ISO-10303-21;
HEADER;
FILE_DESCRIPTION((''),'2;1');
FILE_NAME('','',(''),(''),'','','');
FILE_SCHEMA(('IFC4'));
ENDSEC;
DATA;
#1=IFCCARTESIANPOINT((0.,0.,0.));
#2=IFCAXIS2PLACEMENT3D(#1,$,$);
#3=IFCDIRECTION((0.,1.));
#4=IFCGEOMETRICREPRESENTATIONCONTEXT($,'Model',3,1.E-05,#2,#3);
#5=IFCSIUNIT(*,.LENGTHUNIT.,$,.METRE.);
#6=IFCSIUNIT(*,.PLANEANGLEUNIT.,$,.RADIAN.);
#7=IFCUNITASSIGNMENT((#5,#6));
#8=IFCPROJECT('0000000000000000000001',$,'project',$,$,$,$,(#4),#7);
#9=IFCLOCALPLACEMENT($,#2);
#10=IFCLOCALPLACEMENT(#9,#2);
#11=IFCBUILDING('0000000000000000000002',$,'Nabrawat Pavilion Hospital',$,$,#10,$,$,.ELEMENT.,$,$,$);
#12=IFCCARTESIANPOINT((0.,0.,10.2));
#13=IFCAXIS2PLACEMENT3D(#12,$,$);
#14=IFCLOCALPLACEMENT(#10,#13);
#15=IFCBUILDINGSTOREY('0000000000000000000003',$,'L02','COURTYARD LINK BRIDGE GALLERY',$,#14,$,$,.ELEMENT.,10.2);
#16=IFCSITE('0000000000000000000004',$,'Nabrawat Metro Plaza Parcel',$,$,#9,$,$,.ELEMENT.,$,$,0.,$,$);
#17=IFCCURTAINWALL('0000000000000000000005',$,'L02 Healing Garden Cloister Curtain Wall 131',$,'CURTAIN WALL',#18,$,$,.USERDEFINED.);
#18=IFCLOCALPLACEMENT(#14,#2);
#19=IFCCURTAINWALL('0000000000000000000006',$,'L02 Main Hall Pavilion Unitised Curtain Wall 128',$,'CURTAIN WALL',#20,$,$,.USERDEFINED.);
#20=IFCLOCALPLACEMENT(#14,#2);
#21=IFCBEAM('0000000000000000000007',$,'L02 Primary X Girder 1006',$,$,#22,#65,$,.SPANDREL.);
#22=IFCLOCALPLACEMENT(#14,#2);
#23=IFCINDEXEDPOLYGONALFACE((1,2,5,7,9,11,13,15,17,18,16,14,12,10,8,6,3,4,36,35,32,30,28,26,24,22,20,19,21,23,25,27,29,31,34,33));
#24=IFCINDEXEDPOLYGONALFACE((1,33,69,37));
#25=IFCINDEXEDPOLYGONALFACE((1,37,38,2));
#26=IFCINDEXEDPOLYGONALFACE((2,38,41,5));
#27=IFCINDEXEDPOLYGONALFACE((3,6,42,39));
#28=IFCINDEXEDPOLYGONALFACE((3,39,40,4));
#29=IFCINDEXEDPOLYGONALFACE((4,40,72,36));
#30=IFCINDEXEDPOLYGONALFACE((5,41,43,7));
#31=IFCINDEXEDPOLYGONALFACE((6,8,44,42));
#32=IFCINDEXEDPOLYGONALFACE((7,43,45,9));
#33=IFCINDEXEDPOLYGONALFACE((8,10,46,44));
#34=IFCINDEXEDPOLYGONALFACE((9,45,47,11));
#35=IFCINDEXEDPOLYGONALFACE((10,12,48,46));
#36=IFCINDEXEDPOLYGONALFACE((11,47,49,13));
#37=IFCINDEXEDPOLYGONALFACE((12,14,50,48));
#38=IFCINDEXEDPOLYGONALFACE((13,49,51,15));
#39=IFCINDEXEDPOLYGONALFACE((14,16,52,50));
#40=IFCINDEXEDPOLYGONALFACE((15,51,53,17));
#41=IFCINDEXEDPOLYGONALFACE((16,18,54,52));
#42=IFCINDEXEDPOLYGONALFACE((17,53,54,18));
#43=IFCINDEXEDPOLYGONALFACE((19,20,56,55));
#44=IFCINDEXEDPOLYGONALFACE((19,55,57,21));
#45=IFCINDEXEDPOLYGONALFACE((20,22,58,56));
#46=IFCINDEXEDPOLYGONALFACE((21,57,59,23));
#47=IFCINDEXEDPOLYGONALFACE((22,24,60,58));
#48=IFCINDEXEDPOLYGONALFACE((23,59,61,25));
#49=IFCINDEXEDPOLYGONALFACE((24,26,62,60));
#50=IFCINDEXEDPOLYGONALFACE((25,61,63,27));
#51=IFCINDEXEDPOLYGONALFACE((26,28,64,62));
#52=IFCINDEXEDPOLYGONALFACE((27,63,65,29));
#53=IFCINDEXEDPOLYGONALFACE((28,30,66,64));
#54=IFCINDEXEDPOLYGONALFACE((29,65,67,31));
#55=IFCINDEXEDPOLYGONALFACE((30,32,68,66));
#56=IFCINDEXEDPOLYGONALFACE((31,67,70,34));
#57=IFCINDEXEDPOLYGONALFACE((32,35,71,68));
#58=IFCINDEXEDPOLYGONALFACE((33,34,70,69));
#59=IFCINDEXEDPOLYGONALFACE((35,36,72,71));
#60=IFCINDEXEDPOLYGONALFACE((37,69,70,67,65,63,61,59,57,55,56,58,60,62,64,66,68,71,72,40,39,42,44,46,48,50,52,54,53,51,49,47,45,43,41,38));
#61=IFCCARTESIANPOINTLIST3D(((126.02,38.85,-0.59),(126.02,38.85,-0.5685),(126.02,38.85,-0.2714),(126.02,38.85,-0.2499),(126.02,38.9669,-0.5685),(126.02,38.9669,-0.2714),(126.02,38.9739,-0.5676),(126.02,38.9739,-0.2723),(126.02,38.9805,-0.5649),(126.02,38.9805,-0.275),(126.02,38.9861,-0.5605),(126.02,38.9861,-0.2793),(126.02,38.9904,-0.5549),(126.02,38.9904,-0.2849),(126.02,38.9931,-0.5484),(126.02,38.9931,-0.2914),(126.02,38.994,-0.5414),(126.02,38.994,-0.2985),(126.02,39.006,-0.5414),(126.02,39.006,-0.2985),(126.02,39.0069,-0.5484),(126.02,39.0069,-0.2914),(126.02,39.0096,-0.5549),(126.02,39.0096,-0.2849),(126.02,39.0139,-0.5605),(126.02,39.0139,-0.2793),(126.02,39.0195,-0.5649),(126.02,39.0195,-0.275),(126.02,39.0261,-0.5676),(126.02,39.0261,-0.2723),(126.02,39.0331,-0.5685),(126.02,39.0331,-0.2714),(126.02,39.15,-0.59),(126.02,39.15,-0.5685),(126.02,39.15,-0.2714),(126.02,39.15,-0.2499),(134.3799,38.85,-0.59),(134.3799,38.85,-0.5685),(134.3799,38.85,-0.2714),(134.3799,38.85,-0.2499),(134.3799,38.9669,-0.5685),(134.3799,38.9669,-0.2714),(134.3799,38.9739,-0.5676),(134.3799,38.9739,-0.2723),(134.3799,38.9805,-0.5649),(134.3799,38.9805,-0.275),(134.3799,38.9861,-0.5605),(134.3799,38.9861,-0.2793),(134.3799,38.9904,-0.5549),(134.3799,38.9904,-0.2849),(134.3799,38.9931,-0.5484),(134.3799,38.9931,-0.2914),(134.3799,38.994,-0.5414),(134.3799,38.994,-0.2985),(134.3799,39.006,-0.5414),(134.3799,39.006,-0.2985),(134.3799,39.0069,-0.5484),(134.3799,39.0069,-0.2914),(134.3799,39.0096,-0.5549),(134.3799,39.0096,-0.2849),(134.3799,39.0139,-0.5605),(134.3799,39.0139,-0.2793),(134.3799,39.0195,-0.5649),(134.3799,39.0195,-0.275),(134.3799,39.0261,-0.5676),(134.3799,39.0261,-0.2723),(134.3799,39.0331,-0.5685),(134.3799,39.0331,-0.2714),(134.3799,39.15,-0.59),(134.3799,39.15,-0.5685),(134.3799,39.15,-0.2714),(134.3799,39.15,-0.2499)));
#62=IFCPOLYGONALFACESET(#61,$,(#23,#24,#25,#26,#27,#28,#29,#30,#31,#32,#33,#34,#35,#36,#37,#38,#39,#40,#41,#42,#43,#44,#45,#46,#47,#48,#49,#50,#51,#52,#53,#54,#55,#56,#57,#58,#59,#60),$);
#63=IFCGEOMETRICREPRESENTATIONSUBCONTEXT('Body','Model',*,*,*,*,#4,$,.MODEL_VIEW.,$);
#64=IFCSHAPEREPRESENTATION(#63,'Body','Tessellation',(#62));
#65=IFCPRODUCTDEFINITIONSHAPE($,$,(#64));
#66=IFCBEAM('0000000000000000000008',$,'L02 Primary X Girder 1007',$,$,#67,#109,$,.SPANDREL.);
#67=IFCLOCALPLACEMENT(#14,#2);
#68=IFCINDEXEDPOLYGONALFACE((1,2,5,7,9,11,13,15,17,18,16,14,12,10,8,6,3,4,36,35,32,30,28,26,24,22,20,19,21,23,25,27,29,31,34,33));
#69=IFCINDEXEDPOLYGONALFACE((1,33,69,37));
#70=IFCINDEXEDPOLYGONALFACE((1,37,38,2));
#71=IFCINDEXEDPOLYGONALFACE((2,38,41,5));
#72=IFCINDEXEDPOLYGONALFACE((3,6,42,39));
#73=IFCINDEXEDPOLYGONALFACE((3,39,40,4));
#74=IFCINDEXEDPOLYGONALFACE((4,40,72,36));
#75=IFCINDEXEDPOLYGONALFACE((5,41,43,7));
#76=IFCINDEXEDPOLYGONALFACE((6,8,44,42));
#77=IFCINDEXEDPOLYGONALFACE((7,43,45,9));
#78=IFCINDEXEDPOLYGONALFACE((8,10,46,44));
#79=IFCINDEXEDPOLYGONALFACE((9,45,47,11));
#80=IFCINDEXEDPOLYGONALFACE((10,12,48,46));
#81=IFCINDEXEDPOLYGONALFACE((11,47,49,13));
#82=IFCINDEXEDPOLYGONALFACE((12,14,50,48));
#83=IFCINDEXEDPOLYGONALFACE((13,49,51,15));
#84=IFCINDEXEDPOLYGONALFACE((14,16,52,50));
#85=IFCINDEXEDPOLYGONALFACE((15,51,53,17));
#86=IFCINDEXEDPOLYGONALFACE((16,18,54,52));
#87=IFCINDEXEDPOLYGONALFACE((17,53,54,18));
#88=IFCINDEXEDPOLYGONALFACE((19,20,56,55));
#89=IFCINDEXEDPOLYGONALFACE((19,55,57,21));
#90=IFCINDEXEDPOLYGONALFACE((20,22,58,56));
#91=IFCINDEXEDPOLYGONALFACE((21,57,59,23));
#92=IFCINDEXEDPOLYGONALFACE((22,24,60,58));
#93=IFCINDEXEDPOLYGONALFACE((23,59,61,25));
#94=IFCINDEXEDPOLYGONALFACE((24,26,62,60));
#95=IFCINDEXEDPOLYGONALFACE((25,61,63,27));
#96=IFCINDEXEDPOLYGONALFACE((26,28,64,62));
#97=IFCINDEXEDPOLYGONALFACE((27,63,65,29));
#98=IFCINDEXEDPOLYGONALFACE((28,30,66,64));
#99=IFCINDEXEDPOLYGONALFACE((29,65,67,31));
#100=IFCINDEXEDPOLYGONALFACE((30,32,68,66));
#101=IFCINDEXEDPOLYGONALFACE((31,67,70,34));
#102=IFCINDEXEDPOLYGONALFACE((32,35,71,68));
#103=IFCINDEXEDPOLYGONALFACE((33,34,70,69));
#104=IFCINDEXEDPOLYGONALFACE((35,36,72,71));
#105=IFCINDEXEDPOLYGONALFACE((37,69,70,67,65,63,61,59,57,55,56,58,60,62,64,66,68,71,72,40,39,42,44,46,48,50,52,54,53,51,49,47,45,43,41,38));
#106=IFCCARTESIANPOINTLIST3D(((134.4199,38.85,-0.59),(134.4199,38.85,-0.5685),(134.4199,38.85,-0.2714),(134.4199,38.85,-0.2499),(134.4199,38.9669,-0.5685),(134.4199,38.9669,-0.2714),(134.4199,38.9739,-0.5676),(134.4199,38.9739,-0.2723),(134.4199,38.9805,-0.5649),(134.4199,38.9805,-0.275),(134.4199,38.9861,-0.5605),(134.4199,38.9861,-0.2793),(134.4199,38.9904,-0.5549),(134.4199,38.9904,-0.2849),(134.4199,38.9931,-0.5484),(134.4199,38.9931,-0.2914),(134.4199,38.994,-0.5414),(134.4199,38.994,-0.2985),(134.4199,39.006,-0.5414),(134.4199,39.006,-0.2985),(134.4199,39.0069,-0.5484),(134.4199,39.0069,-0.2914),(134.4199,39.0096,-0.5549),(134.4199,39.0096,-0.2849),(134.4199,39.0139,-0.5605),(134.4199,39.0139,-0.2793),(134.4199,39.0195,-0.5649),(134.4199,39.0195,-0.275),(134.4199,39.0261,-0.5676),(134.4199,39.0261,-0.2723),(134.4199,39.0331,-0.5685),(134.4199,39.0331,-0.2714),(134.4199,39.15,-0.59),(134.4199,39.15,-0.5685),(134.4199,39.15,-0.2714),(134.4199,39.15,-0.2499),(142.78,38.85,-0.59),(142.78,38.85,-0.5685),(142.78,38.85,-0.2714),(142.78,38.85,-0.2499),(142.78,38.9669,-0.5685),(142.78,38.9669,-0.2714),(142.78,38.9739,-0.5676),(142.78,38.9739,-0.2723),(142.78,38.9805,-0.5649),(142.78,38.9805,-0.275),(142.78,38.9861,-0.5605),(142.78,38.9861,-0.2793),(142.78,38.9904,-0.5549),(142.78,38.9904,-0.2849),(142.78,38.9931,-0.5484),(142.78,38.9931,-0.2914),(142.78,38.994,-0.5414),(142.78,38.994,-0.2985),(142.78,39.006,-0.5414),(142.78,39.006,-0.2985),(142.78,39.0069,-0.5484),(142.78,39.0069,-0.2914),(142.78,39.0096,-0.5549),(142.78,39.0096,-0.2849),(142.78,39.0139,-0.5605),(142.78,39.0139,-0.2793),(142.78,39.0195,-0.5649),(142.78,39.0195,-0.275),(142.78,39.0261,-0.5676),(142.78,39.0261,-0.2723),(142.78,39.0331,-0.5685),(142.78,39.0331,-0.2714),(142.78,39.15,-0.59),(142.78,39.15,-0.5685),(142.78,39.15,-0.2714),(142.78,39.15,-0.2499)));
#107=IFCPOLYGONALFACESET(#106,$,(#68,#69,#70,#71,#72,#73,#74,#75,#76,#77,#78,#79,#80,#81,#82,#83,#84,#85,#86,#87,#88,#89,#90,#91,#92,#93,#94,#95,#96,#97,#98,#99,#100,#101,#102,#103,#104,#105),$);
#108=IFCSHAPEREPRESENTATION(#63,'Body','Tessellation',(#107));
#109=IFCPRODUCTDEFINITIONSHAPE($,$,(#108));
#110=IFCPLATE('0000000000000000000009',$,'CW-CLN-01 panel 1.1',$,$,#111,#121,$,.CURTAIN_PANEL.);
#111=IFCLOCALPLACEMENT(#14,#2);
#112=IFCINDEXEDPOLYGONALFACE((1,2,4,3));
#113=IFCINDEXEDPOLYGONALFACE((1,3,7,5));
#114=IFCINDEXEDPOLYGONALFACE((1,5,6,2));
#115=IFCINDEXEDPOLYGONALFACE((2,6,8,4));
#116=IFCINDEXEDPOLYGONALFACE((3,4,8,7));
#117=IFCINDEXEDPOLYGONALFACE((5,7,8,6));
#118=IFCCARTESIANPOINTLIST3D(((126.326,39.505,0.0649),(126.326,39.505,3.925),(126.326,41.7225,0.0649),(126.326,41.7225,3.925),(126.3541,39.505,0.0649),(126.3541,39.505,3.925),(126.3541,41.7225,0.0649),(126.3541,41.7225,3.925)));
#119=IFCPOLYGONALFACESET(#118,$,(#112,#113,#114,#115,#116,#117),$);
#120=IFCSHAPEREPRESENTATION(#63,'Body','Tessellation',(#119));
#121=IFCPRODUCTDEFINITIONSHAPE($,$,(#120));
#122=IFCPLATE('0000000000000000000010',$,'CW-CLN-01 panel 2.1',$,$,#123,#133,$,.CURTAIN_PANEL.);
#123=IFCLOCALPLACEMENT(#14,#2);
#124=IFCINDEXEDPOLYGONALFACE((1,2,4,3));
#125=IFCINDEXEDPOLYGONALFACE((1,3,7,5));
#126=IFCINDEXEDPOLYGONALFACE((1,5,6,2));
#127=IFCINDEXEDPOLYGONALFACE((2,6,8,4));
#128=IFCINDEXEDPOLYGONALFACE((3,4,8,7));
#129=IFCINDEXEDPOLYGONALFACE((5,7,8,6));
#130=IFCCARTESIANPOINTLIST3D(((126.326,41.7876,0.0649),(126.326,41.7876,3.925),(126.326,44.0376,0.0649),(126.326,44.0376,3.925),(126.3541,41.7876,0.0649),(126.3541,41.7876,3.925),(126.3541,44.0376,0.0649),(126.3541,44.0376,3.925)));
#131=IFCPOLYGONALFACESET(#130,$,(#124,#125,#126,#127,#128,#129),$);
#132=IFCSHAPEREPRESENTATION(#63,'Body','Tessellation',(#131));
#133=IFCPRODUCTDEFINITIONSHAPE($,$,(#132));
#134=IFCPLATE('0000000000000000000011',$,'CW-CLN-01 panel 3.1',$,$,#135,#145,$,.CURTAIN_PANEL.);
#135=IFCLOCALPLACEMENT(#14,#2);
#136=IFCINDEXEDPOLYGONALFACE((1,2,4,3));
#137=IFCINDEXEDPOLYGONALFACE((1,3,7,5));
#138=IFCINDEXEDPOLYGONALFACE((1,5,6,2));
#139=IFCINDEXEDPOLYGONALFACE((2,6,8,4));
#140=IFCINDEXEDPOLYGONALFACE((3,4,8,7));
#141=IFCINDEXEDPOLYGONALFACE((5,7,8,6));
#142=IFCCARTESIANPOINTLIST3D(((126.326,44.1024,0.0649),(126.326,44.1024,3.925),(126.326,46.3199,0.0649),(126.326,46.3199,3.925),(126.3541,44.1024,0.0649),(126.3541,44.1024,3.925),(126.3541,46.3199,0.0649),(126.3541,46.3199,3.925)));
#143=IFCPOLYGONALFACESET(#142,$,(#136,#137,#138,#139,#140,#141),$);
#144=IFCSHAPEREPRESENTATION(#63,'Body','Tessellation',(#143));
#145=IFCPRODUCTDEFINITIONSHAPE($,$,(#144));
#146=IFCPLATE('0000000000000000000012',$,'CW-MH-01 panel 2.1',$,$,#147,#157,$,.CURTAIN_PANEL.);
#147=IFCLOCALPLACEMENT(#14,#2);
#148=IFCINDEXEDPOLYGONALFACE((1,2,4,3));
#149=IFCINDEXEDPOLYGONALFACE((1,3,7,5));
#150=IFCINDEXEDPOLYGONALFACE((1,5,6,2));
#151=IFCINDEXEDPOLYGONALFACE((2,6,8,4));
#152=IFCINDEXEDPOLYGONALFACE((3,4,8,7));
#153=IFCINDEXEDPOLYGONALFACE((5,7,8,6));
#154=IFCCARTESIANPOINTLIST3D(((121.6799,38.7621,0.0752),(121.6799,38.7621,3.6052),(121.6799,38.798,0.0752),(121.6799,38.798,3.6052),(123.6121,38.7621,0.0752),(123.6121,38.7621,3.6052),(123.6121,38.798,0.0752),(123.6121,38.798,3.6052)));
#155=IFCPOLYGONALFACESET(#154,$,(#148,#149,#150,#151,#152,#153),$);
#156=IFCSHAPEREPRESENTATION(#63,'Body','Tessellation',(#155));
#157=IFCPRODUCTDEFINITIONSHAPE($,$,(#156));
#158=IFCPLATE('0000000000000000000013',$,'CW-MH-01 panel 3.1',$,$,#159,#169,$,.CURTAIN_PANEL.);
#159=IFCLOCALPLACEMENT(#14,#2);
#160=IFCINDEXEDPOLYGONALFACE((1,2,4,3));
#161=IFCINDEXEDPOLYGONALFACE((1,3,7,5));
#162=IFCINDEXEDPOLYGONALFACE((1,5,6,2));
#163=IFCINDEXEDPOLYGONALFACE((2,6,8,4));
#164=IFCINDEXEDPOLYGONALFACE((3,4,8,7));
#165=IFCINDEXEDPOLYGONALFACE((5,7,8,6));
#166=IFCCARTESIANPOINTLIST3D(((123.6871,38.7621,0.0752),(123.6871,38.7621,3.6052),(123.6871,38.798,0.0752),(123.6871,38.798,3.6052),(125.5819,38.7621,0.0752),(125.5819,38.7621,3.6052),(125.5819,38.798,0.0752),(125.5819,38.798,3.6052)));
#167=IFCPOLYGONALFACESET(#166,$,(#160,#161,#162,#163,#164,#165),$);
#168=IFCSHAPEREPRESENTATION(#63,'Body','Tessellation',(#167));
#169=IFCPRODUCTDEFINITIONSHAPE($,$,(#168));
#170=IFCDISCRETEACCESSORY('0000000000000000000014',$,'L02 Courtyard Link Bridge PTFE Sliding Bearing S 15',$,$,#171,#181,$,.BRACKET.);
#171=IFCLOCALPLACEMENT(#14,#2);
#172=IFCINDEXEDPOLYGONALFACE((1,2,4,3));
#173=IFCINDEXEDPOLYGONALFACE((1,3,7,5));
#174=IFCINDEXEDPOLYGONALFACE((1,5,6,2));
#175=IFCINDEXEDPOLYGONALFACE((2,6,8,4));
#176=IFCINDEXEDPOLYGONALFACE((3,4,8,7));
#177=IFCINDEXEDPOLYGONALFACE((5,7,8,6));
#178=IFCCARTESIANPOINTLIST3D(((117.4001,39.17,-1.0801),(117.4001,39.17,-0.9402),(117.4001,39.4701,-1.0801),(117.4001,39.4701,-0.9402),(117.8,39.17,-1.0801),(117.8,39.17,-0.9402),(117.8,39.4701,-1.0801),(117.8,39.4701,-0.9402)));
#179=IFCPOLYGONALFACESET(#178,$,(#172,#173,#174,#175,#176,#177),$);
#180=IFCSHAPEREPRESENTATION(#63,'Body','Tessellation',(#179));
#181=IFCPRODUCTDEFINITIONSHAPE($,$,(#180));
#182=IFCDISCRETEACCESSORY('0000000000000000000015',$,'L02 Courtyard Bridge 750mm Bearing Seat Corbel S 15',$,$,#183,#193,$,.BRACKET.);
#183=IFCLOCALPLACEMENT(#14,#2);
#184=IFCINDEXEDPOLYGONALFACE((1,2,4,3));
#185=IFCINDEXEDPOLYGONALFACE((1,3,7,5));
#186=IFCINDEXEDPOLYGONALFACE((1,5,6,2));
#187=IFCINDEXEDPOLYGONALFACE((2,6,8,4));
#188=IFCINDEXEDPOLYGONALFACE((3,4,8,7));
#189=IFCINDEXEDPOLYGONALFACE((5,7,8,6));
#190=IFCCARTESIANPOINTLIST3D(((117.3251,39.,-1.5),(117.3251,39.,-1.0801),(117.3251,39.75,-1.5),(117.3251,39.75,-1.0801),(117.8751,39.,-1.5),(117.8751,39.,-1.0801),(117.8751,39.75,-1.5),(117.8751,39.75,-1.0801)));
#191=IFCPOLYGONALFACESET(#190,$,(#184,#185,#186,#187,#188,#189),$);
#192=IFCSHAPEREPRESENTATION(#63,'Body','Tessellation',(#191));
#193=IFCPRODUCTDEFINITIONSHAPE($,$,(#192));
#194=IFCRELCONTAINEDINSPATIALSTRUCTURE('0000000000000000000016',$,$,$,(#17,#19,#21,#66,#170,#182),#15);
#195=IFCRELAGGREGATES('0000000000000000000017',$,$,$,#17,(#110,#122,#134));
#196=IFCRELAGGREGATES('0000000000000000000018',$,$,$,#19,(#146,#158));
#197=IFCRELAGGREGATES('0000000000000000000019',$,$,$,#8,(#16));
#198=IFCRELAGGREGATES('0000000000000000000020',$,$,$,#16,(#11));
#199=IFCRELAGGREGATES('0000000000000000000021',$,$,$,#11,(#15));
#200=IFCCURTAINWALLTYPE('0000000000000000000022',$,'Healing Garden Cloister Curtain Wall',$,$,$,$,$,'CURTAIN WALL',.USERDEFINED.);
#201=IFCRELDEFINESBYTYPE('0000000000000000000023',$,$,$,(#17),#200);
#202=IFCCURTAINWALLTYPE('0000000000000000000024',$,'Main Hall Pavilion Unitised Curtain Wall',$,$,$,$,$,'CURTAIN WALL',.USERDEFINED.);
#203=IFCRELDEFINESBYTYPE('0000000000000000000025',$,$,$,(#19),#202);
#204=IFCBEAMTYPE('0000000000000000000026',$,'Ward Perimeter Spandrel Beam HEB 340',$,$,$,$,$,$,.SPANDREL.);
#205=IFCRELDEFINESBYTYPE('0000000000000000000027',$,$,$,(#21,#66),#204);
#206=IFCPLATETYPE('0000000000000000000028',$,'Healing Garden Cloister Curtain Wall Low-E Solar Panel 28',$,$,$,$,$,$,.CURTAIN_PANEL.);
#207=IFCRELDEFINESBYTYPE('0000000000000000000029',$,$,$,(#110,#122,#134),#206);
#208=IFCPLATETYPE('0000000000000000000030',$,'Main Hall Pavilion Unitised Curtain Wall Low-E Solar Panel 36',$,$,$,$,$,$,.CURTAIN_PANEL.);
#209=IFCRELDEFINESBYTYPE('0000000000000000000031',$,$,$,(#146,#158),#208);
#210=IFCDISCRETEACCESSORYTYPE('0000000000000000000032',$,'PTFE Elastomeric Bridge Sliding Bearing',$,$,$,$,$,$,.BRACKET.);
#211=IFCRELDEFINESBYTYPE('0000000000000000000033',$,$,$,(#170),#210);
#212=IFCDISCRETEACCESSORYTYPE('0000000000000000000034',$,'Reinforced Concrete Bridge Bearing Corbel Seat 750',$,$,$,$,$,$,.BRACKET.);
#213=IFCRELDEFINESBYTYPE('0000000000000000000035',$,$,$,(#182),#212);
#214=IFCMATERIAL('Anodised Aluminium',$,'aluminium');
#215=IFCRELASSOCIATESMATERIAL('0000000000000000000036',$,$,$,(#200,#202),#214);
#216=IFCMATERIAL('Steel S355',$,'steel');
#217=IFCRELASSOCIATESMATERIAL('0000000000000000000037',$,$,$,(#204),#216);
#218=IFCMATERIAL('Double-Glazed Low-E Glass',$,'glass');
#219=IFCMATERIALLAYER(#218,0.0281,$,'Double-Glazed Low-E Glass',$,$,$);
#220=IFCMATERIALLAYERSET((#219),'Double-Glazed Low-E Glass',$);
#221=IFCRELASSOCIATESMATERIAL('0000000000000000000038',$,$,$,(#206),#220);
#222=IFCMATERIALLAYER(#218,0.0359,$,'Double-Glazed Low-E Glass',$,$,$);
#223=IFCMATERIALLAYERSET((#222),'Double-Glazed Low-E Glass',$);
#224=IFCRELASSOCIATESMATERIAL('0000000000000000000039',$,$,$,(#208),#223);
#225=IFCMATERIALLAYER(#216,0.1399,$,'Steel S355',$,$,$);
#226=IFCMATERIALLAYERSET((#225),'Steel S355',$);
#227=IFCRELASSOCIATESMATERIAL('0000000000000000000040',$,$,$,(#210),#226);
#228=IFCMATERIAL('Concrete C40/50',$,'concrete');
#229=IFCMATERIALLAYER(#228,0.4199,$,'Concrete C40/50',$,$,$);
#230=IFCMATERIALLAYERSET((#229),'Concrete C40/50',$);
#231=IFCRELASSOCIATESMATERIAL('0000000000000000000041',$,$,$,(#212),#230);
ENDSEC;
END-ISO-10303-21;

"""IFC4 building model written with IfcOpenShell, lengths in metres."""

from ifc_helpers import new_model, si_unit, direction, frame, origin, origin_2d, place, context, subcontext, project, spatial, rectangle, i_section, extrude, material, layer, layer_set, material_profile, profile_set, type_object, element, aggregate, save


model = new_model("IFC4")

# Units and contexts
model_context = context("Model", 3, precision=1e-05, world=origin(), true_north=direction((0.0, 1.0)))
body_context = subcontext(model_context, "Body", "Model", "MODEL_VIEW")
ifc_project = project(units=[si_unit("LENGTHUNIT", "METRE"), si_unit("PLANEANGLEUNIT", "RADIAN")], contexts=[model_context])

# Site, building, storey
site_placement = place(None, origin())
site = spatial("IfcSite", under=ifc_project, at=site_placement, Name="Nabrawat Metro Plaza Parcel", CompositionType="ELEMENT", RefElevation=0.0)
building_placement = place(site_placement, origin())
building = spatial("IfcBuilding", under=site, at=building_placement, Name="Nabrawat Pavilion Hospital", CompositionType="ELEMENT")
storey_placement = place(building_placement, frame((0.0, 0.0, 10.2)))
storey = spatial("IfcBuildingStorey", under=building, at=storey_placement, Name="L02", Description="COURTYARD LINK BRIDGE GALLERY", CompositionType="ELEMENT", Elevation=10.2)

# Shared definitions
ifc_material_1 = material(Name="Steel S355", Category="steel")

# Curtain walls
ifc_material_2 = material(Name="Anodised Aluminium", Category="aluminium")
curtain_wall_type_1 = type_object("IfcCurtainWallType", Name="Healing Garden Cloister Curtain Wall", ElementType="CURTAIN WALL", PredefinedType="USERDEFINED", material=ifc_material_2)
curtain_wall_1_placement = place(storey_placement, origin())
curtain_wall_1 = element("IfcCurtainWall", 1, at=curtain_wall_1_placement, inside=storey, type_object=curtain_wall_type_1, Name="L02 Healing Garden Cloister Curtain Wall 131", ObjectType="CURTAIN WALL", PredefinedType="USERDEFINED")
curtain_wall_type_2 = type_object("IfcCurtainWallType", Name="Main Hall Pavilion Unitised Curtain Wall", ElementType="CURTAIN WALL", PredefinedType="USERDEFINED", material=ifc_material_2)
curtain_wall_2_placement = place(storey_placement, origin())
curtain_wall_2 = element("IfcCurtainWall", 2, at=curtain_wall_2_placement, inside=storey, type_object=curtain_wall_type_2, Name="L02 Main Hall Pavilion Unitised Curtain Wall 128", ObjectType="CURTAIN WALL", PredefinedType="USERDEFINED")

# Beams
ifc_material_profile_1 = material_profile(ifc_material_1, i_section(OverallWidth=0.3, OverallDepth=0.3401, WebThickness=0.012, FlangeThickness=0.0215, FilletRadius=0.0271, at=origin_2d()), Name="HEB 340")
ifc_profile_set_1 = profile_set([ifc_material_profile_1], Name="Steel S355")
beam_type_1 = type_object("IfcBeamType", Name="Ward Perimeter Spandrel Beam HEB 340", PredefinedType="SPANDREL", material=ifc_profile_set_1)
beam_1_placement = place(storey_placement, frame((126.02, 39.0, -0.4199), z_axis=(1.0, 0.0, 0.0), x_axis=(0.0, 1.0, 0.0)))
element("IfcBeam", 3, at=beam_1_placement, inside=storey, type_object=beam_type_1, Name="L02 Primary X Girder 1006", PredefinedType="SPANDREL", context=body_context, shape_type="SweptSolid", body=[
    extrude(i_section(OverallWidth=0.3, OverallDepth=0.3401, WebThickness=0.012, FlangeThickness=0.0215, FilletRadius=0.0271, at=origin_2d()), origin(), (0.0, 0.0, 1.0), 8.3599),
])
beam_2_placement = place(storey_placement, frame((134.4199, 39.0, -0.4199), z_axis=(1.0, 0.0, 0.0), x_axis=(0.0, 1.0, 0.0)))
element("IfcBeam", 4, at=beam_2_placement, inside=storey, type_object=beam_type_1, Name="L02 Primary X Girder 1007", PredefinedType="SPANDREL", context=body_context, shape_type="SweptSolid", body=[
    extrude(i_section(OverallWidth=0.3, OverallDepth=0.3401, WebThickness=0.012, FlangeThickness=0.0215, FilletRadius=0.0271, at=origin_2d()), origin(), (0.0, 0.0, 1.0), 8.3601),
])

# Plates
ifc_material_3 = material(Name="Double-Glazed Low-E Glass", Category="glass")
ifc_layer_1 = layer(ifc_material_3, 0.0281, Name="Double-Glazed Low-E Glass")
ifc_layer_set_1 = layer_set([ifc_layer_1], Name="Double-Glazed Low-E Glass")
plate_type_1 = type_object("IfcPlateType", Name="Healing Garden Cloister Curtain Wall Low-E Solar Panel 28", PredefinedType="CURTAIN_PANEL", material=ifc_layer_set_1)
plate_1_placement = place(storey_placement, frame((126.3401, 40.6138, 0.0649), z_axis=(0.0, 0.0, 1.0), x_axis=(0.0, 1.0, 0.0)))
plate_1 = element("IfcPlate", 5, at=plate_1_placement, type_object=plate_type_1, Name="CW-CLN-01 panel 1.1", PredefinedType="CURTAIN_PANEL", context=body_context, shape_type="SweptSolid", body=[
    extrude(rectangle(XDim=2.2175, YDim=0.0281, at=origin_2d()), origin(), (0.0, 0.0, 1.0), 3.8601),
])
plate_2_placement = place(storey_placement, frame((126.3401, 42.9126, 0.0649), z_axis=(0.0, 0.0, 1.0), x_axis=(0.0, 1.0, 0.0)))
plate_2 = element("IfcPlate", 6, at=plate_2_placement, type_object=plate_type_1, Name="CW-CLN-01 panel 2.1", PredefinedType="CURTAIN_PANEL", context=body_context, shape_type="SweptSolid", body=[
    extrude(rectangle(XDim=2.25, YDim=0.0281, at=origin_2d()), origin(), (0.0, 0.0, 1.0), 3.8601),
])
plate_3_placement = place(storey_placement, frame((126.3401, 45.2112, 0.0649), z_axis=(0.0, 0.0, 1.0), x_axis=(0.0, 1.0, 0.0)))
plate_3 = element("IfcPlate", 7, at=plate_3_placement, type_object=plate_type_1, Name="CW-CLN-01 panel 3.1", PredefinedType="CURTAIN_PANEL", context=body_context, shape_type="SweptSolid", body=[
    extrude(rectangle(XDim=2.2175, YDim=0.0281, at=origin_2d()), origin(), (0.0, 0.0, 1.0), 3.8601),
])
aggregate(curtain_wall_1, [plate_1, plate_2, plate_3])
ifc_layer_2 = layer(ifc_material_3, 0.0359, Name="Double-Glazed Low-E Glass")
ifc_layer_set_2 = layer_set([ifc_layer_2], Name="Double-Glazed Low-E Glass")
plate_type_2 = type_object("IfcPlateType", Name="Main Hall Pavilion Unitised Curtain Wall Low-E Solar Panel 36", PredefinedType="CURTAIN_PANEL", material=ifc_layer_set_2)
plate_4_placement = place(storey_placement, frame((122.646, 38.78, 0.0752), z_axis=(0.0, 0.0, 1.0), x_axis=(1.0, 0.0, 0.0)))
plate_4 = element("IfcPlate", 8, at=plate_4_placement, type_object=plate_type_2, Name="CW-MH-01 panel 2.1", PredefinedType="CURTAIN_PANEL", context=body_context, shape_type="SweptSolid", body=[
    extrude(rectangle(XDim=1.9321, YDim=0.0359, at=origin_2d()), origin(), (0.0, 0.0, 1.0), 3.53),
])
plate_5_placement = place(storey_placement, frame((124.6345, 38.78, 0.0752), z_axis=(0.0, 0.0, 1.0), x_axis=(1.0, 0.0, 0.0)))
plate_5 = element("IfcPlate", 9, at=plate_5_placement, type_object=plate_type_2, Name="CW-MH-01 panel 3.1", PredefinedType="CURTAIN_PANEL", context=body_context, shape_type="SweptSolid", body=[
    extrude(rectangle(XDim=1.8948, YDim=0.0359, at=origin_2d()), origin(), (0.0, 0.0, 1.0), 3.53),
])
aggregate(curtain_wall_2, [plate_4, plate_5])

# Discrete accessories
ifc_layer_3 = layer(ifc_material_1, 0.1399, Name="Steel S355")
ifc_layer_set_3 = layer_set([ifc_layer_3], Name="Steel S355")
discrete_accessory_type_1 = type_object("IfcDiscreteAccessoryType", Name="PTFE Elastomeric Bridge Sliding Bearing", PredefinedType="BRACKET", material=ifc_layer_set_3)
discrete_accessory_1_placement = place(storey_placement, frame((117.6001, 39.3201, -1.0801), z_axis=(0.0, 0.0, 1.0), x_axis=(1.0, 0.0, 0.0)))
element("IfcDiscreteAccessory", 10, at=discrete_accessory_1_placement, inside=storey, type_object=discrete_accessory_type_1, Name="L02 Courtyard Link Bridge PTFE Sliding Bearing S 15", PredefinedType="BRACKET", context=body_context, shape_type="SweptSolid", body=[
    extrude(rectangle(XDim=0.3999, YDim=0.3, at=origin_2d()), origin(), (0.0, 0.0, 1.0), 0.1399),
])
ifc_material_4 = material(Name="Concrete C40/50", Category="concrete")
ifc_layer_4 = layer(ifc_material_4, 0.4199, Name="Concrete C40/50")
ifc_layer_set_4 = layer_set([ifc_layer_4], Name="Concrete C40/50")
discrete_accessory_type_2 = type_object("IfcDiscreteAccessoryType", Name="Reinforced Concrete Bridge Bearing Corbel Seat 750", PredefinedType="BRACKET", material=ifc_layer_set_4)
discrete_accessory_2_placement = place(storey_placement, frame((117.6001, 39.375, -1.5), z_axis=(0.0, 0.0, 1.0), x_axis=(1.0, 0.0, 0.0)))
element("IfcDiscreteAccessory", 11, at=discrete_accessory_2_placement, inside=storey, type_object=discrete_accessory_type_2, Name="L02 Courtyard Bridge 750mm Bearing Seat Corbel S 15", PredefinedType="BRACKET", context=body_context, shape_type="SweptSolid", body=[
    extrude(rectangle(XDim=0.55, YDim=0.75, at=origin_2d()), origin(), (0.0, 0.0, 1.0), 0.4199),
])

save(model, "model.ifc")
